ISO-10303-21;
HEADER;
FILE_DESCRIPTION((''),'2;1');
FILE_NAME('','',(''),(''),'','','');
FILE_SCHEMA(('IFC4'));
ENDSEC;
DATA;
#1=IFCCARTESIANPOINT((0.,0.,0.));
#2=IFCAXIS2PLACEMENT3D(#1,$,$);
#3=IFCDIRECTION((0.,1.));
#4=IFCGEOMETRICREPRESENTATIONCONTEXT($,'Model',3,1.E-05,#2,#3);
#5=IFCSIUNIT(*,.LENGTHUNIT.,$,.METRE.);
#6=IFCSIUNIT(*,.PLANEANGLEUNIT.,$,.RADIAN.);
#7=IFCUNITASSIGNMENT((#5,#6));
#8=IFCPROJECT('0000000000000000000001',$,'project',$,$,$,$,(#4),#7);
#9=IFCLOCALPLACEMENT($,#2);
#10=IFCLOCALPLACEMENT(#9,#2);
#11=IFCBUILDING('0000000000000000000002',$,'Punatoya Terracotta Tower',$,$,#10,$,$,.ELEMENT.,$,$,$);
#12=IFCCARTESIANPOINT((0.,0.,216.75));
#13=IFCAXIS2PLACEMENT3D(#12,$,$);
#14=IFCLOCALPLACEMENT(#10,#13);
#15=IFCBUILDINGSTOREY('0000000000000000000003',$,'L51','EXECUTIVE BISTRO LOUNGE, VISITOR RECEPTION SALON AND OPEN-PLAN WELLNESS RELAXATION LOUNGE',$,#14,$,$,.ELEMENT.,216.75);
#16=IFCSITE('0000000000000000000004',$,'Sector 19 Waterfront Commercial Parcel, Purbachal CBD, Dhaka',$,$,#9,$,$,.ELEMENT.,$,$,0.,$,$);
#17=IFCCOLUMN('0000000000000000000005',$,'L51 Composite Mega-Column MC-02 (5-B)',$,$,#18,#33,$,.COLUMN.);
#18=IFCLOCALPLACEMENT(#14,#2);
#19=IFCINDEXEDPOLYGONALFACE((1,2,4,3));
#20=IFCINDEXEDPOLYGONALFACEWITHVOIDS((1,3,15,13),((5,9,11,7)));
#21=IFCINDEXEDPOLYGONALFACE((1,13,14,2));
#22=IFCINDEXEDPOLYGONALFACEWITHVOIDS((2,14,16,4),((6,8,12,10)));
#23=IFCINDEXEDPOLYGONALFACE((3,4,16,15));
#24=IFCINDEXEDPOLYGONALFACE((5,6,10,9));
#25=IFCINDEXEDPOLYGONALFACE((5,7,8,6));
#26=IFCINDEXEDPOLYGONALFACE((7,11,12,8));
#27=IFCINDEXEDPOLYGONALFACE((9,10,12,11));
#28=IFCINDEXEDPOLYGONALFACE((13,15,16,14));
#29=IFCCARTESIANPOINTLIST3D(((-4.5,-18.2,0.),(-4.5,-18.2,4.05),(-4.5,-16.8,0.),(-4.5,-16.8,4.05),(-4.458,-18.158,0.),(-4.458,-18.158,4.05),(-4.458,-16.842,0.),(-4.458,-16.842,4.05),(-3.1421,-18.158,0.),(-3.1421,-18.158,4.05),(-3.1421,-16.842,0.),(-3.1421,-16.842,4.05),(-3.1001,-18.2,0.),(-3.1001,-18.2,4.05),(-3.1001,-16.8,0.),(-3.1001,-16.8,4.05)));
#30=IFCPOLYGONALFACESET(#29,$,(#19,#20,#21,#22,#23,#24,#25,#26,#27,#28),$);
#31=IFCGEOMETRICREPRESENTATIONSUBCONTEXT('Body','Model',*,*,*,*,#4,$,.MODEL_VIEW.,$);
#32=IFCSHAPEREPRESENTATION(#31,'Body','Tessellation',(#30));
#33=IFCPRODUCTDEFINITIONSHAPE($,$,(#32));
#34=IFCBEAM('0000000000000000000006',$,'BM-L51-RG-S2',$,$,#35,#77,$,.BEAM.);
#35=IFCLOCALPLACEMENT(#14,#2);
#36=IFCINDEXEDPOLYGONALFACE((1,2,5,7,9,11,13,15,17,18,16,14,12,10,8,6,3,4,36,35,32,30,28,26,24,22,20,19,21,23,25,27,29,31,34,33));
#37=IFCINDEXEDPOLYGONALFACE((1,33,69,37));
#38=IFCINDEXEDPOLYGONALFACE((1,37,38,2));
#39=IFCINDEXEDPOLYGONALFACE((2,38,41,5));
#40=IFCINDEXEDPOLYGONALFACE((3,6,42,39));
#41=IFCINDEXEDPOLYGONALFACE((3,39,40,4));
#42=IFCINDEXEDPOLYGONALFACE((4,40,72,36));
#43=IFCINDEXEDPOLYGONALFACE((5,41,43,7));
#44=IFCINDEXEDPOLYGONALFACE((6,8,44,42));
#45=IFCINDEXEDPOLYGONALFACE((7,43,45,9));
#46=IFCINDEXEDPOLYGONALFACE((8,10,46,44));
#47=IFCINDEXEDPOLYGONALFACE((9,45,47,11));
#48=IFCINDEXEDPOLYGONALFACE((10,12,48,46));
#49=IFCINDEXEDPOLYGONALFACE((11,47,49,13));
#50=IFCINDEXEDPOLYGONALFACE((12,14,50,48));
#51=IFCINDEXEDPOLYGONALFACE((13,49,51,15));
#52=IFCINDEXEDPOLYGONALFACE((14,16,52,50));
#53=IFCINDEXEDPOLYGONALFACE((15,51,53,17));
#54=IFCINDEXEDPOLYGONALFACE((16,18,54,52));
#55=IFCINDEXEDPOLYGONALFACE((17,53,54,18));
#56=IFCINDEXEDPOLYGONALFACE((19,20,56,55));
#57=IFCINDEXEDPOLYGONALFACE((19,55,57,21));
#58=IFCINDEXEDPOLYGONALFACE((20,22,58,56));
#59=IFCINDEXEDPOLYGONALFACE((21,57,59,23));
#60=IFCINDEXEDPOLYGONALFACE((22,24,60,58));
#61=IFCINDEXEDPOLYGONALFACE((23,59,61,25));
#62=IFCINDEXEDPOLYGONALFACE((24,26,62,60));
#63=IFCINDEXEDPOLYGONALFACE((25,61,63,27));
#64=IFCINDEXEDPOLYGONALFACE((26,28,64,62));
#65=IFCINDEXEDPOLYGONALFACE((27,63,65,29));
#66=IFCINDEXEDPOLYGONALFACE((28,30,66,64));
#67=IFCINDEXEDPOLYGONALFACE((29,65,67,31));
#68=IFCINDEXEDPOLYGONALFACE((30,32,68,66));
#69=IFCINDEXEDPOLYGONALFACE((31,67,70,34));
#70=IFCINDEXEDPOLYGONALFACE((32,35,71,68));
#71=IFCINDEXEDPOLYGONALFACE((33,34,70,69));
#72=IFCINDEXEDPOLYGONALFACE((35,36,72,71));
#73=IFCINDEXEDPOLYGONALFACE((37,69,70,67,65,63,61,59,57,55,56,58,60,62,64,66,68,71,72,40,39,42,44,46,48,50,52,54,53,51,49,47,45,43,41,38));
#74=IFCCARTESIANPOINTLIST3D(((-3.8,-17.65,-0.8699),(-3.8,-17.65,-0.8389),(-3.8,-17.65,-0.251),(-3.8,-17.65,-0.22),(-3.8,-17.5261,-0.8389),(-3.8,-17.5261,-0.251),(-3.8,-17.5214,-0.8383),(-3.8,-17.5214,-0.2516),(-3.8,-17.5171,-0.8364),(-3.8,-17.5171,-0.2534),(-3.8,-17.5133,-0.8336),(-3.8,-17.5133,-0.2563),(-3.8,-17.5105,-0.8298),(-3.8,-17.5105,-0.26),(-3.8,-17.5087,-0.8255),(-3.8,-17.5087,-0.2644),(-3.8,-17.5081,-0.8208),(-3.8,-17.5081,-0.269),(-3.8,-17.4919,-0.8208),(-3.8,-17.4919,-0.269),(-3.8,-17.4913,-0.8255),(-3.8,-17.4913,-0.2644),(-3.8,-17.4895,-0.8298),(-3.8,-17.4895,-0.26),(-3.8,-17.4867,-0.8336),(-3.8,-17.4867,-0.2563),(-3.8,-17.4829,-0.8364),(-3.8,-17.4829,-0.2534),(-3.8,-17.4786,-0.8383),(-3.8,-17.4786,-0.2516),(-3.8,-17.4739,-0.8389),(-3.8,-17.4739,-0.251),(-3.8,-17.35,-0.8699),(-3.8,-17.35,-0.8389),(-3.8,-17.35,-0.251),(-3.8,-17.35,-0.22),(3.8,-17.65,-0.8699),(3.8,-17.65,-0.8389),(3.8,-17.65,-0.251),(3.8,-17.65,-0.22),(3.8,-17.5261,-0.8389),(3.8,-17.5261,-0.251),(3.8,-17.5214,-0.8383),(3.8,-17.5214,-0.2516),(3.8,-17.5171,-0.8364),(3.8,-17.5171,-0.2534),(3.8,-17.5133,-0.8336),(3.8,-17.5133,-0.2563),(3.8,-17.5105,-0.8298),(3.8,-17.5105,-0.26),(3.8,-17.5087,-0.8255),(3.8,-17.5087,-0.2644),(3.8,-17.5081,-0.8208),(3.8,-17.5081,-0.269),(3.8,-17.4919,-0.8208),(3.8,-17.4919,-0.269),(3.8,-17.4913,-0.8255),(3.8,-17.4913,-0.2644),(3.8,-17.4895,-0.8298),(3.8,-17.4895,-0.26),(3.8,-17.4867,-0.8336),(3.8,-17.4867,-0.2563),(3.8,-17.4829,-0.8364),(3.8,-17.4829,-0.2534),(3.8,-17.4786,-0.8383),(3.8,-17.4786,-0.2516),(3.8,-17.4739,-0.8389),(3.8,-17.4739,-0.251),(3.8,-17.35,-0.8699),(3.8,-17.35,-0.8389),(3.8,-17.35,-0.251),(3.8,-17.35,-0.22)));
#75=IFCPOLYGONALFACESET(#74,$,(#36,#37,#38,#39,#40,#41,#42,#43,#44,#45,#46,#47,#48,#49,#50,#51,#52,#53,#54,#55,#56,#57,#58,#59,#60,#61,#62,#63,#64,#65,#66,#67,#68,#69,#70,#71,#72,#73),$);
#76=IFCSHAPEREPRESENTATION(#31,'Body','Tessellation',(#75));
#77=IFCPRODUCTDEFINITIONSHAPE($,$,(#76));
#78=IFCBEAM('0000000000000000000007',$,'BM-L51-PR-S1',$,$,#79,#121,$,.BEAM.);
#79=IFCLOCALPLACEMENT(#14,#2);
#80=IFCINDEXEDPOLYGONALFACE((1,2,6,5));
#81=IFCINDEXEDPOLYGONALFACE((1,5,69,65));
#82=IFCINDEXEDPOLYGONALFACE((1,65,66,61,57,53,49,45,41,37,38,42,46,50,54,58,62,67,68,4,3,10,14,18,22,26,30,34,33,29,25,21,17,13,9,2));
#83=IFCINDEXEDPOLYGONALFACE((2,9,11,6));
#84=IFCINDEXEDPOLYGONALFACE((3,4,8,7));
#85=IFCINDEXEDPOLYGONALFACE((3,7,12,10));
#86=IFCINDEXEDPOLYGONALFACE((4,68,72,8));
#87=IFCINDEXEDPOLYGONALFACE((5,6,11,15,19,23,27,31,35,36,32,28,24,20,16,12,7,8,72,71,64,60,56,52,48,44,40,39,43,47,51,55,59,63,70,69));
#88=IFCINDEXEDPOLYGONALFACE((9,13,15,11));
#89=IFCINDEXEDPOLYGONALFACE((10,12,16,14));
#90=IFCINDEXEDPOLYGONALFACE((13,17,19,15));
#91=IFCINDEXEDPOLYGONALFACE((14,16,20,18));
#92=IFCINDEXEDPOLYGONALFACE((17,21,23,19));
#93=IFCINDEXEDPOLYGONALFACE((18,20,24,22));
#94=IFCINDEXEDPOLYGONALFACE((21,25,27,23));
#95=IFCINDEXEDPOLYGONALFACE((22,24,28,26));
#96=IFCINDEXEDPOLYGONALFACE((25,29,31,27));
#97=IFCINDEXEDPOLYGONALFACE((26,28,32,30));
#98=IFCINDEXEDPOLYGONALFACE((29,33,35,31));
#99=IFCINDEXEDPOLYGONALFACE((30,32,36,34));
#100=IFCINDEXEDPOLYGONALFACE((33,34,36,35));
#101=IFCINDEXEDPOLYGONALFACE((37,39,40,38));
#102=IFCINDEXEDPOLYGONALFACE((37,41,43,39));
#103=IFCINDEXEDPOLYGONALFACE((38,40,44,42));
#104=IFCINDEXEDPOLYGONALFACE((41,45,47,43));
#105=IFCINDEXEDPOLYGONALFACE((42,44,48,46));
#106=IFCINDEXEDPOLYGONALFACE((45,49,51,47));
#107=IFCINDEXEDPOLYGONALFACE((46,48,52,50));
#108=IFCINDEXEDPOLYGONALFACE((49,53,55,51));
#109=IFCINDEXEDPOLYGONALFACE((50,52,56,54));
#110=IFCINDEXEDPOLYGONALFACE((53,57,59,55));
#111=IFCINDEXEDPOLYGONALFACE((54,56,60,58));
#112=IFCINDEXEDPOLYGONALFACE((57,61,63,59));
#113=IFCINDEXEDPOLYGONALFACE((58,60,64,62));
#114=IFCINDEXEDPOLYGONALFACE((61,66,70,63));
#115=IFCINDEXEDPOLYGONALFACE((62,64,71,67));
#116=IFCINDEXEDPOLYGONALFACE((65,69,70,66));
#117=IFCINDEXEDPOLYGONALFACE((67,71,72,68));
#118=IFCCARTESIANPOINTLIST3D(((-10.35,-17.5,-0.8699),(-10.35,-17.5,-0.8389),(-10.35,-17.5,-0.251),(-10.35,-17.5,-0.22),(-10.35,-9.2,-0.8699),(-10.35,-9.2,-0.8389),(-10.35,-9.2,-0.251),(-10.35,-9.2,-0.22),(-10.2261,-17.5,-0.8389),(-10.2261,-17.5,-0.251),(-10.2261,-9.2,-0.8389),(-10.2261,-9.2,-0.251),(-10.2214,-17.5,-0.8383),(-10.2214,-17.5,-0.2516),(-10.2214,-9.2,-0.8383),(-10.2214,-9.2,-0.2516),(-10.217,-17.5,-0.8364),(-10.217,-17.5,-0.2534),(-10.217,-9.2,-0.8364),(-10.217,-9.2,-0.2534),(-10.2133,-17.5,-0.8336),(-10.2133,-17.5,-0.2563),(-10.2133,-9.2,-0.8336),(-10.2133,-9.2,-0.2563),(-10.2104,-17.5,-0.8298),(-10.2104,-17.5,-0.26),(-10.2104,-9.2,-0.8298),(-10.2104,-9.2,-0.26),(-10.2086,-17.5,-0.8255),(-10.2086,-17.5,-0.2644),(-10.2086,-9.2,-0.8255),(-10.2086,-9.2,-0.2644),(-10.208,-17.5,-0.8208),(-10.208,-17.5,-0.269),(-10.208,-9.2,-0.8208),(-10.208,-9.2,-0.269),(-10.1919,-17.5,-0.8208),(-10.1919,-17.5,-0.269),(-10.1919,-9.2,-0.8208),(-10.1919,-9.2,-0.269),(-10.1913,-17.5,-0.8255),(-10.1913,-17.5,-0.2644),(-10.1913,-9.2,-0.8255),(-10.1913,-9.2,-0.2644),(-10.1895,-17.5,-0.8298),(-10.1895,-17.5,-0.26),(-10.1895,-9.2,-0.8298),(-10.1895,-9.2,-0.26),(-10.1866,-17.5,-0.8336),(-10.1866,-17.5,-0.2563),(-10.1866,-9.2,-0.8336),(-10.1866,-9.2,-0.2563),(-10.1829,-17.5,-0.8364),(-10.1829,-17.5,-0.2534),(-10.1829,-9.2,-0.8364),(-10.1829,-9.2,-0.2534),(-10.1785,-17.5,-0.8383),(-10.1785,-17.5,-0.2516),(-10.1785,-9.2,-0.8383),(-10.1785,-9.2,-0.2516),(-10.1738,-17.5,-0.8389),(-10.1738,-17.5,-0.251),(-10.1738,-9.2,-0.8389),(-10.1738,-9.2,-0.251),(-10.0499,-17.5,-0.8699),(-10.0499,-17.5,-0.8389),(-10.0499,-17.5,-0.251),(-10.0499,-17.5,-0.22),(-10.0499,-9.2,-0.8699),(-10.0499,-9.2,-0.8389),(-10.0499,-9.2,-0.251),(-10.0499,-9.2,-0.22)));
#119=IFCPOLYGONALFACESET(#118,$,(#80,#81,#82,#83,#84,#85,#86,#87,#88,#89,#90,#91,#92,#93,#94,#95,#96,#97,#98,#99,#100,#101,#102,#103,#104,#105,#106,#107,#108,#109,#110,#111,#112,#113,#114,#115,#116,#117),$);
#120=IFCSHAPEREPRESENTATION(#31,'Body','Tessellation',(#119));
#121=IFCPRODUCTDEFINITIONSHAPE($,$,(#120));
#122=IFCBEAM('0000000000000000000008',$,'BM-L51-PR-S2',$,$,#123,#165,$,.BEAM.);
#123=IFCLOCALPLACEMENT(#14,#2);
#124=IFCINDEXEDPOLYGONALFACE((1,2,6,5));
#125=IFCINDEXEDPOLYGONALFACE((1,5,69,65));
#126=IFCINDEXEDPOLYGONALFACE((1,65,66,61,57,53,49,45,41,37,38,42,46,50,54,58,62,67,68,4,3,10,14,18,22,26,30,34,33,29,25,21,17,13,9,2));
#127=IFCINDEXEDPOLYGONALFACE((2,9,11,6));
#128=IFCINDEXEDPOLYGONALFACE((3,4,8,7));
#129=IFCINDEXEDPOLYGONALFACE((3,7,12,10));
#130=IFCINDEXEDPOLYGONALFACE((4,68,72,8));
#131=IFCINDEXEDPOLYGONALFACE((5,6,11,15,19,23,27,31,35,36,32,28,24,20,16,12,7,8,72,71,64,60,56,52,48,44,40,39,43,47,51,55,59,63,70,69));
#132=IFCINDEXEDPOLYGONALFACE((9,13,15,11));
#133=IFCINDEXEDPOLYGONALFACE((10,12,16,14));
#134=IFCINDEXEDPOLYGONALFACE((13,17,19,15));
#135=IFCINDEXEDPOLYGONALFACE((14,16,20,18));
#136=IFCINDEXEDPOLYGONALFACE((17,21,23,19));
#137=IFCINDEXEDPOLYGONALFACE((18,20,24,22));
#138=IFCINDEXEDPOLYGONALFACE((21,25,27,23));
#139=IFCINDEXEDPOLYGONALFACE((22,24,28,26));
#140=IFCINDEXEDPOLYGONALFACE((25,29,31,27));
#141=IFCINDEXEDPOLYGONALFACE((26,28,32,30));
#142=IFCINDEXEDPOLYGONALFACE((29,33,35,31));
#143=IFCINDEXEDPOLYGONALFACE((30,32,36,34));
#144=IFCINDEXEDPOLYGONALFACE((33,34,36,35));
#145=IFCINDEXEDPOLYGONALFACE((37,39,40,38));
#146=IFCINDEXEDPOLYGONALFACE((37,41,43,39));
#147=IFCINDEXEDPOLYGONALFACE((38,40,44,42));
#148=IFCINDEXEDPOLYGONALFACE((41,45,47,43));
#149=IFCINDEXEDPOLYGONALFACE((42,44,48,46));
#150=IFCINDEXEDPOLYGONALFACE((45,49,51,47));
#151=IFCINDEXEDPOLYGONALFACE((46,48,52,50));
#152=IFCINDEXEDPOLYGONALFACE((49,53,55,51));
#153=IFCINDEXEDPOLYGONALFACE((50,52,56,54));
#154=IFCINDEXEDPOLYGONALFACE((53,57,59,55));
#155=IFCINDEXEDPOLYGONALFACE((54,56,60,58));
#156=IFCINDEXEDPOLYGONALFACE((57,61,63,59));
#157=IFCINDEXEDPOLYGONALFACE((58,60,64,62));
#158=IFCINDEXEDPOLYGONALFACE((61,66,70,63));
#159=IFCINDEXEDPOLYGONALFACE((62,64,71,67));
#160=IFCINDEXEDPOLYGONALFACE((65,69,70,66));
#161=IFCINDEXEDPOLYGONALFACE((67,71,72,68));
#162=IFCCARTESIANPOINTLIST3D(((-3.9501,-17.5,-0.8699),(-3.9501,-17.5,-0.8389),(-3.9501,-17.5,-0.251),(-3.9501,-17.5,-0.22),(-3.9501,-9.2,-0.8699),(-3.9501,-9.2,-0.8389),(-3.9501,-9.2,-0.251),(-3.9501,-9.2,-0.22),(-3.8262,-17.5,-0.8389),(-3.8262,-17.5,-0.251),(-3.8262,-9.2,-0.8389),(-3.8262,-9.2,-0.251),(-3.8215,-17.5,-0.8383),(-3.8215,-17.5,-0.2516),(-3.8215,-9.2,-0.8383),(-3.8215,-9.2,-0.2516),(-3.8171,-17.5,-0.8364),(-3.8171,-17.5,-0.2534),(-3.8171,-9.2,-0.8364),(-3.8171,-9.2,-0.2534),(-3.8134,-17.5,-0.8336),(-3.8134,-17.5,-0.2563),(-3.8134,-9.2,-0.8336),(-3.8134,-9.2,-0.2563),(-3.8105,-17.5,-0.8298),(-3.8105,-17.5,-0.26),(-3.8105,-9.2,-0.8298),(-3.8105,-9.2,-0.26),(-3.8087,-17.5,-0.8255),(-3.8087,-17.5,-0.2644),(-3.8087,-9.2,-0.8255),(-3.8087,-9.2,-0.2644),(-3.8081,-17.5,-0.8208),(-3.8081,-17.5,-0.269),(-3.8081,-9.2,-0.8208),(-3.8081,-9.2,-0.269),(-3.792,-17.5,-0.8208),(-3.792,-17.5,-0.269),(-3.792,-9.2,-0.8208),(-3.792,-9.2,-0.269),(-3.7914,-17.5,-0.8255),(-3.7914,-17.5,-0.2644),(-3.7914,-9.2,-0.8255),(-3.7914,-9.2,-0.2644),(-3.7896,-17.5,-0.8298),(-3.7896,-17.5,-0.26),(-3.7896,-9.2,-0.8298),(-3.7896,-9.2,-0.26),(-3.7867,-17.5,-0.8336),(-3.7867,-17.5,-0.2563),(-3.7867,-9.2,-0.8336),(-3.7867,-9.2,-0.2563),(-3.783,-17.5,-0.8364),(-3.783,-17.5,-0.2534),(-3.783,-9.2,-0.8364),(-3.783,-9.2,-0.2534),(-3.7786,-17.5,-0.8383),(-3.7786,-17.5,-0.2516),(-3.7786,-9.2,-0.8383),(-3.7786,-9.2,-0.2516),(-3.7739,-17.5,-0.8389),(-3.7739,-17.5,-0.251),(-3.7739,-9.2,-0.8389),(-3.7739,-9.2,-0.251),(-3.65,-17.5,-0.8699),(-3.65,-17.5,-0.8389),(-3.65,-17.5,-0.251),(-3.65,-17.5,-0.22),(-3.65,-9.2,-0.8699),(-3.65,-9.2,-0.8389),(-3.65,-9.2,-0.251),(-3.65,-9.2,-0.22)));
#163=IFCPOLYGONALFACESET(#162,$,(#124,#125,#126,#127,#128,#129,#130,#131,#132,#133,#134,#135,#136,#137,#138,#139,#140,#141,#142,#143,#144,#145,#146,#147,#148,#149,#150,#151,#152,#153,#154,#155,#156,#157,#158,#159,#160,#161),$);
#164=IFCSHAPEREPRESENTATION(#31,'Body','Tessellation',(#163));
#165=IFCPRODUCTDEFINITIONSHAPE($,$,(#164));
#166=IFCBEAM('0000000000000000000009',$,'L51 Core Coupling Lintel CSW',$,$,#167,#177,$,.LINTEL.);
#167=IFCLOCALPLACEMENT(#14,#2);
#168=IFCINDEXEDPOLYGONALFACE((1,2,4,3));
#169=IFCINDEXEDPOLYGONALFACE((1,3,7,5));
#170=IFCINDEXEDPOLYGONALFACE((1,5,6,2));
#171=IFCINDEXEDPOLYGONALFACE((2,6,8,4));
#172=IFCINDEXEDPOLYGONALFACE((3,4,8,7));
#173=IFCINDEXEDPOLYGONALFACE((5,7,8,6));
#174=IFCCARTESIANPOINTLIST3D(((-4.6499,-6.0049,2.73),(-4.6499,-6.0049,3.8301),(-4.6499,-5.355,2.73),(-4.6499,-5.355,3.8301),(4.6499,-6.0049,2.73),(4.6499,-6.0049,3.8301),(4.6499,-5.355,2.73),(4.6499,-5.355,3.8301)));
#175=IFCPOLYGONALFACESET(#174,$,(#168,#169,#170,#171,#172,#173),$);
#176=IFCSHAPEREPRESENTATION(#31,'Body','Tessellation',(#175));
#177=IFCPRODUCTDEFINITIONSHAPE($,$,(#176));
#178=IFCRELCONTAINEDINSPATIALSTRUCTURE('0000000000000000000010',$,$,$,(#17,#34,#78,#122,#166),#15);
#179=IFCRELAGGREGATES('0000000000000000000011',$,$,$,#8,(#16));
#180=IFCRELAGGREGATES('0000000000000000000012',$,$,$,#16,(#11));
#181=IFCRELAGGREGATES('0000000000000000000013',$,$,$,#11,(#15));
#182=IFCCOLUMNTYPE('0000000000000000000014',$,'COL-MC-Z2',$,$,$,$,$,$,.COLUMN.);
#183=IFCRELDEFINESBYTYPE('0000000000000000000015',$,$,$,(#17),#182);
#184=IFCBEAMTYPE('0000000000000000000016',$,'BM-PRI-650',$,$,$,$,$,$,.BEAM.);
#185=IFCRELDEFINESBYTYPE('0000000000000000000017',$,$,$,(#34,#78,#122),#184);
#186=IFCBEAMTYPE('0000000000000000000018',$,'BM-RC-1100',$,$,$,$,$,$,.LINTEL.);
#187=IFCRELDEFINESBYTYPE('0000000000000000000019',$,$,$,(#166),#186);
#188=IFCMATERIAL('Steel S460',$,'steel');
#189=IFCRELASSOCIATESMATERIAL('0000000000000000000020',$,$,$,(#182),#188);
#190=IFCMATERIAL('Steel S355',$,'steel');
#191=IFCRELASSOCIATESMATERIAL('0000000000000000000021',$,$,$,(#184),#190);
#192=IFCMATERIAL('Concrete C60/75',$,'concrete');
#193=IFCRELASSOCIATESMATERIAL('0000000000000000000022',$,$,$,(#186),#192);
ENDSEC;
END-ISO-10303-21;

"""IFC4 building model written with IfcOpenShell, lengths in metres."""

from ifc_helpers import new_model, si_unit, direction, frame, origin, origin_2d, place, context, subcontext, project, spatial, rectangle, hollow_rectangle, i_section, extrude, material, material_profile, profile_set, type_object, element, save


model = new_model("IFC4")

# Units and contexts
model_context = context("Model", 3, precision=1e-05, world=origin(), true_north=direction((0.0, 1.0)))
body_context = subcontext(model_context, "Body", "Model", "MODEL_VIEW")
ifc_project = project(units=[si_unit("LENGTHUNIT", "METRE"), si_unit("PLANEANGLEUNIT", "RADIAN")], contexts=[model_context])

# Site, building, storey
site_placement = place(None, origin())
site = spatial("IfcSite", under=ifc_project, at=site_placement, Name="Sector 19 Waterfront Commercial Parcel, Purbachal CBD, Dhaka", CompositionType="ELEMENT", RefElevation=0.0)
building_placement = place(site_placement, origin())
building = spatial("IfcBuilding", under=site, at=building_placement, Name="Punatoya Terracotta Tower", CompositionType="ELEMENT")
storey_placement = place(building_placement, frame((0.0, 0.0, 216.75)))
storey = spatial("IfcBuildingStorey", under=building, at=storey_placement, Name="L51", Description="EXECUTIVE BISTRO LOUNGE, VISITOR RECEPTION SALON AND OPEN-PLAN WELLNESS RELAXATION LOUNGE", CompositionType="ELEMENT", Elevation=216.75)

# Column
ifc_material_1 = material(Name="Steel S460", Category="steel")
ifc_material_profile_1 = material_profile(ifc_material_1, hollow_rectangle(XDim=1.3999, YDim=1.3999, WallThickness=0.042, at=origin_2d()))
ifc_profile_set_1 = profile_set([ifc_material_profile_1], Name="Steel S460")
column_type = type_object("IfcColumnType", Name="COL-MC-Z2", PredefinedType="COLUMN", material=ifc_profile_set_1)
column_placement = place(storey_placement, frame((-3.8, -17.5, 0.0), z_axis=(0.0, 0.0, 1.0), x_axis=(1.0, 0.0, 0.0)))
element("IfcColumn", 1, at=column_placement, inside=storey, type_object=column_type, Name="L51 Composite Mega-Column MC-02 (5-B)", PredefinedType="COLUMN", context=body_context, shape_type="SweptSolid", body=[
    extrude(hollow_rectangle(XDim=1.3999, YDim=1.3999, WallThickness=0.042, at=origin_2d()), origin(), (0.0, 0.0, 1.0), 4.05),
])

# Beams
ifc_material_2 = material(Name="Steel S355", Category="steel")
ifc_material_profile_2 = material_profile(ifc_material_2, i_section(OverallWidth=0.3, OverallDepth=0.6499, WebThickness=0.0161, FlangeThickness=0.031, FilletRadius=0.0181, at=origin_2d()))
ifc_profile_set_2 = profile_set([ifc_material_profile_2], Name="Steel S355")
beam_type_1 = type_object("IfcBeamType", Name="BM-PRI-650", PredefinedType="BEAM", material=ifc_profile_set_2)
beam_1_placement = place(storey_placement, frame((-3.8, -17.5, -0.5449), z_axis=(1.0, 0.0, 0.0), x_axis=(0.0, 1.0, 0.0)))
element("IfcBeam", 2, at=beam_1_placement, inside=storey, type_object=beam_type_1, Name="BM-L51-RG-S2", PredefinedType="BEAM", context=body_context, shape_type="SweptSolid", body=[
    extrude(i_section(OverallWidth=0.3, OverallDepth=0.6499, WebThickness=0.0161, FlangeThickness=0.031, FilletRadius=0.0181, at=origin_2d()), origin(), (0.0, 0.0, 1.0), 7.6001),
])
for number, where, z_axis, x_axis, name in (
    (3, (-10.2, -17.5, -0.5449), (0.0, 1.0, 0.0), (-1.0, 0.0, 0.0), "BM-L51-PR-S1"),
    (4, (-3.8, -17.5, -0.5449), (0.0, 1.0, 0.0), (-1.0, 0.0, 0.0), "BM-L51-PR-S2"),
):
    element("IfcBeam", number, at=place(storey_placement, frame(where, z_axis=z_axis, x_axis=x_axis)), inside=storey, type_object=beam_type_1, Name=name, PredefinedType="BEAM", context=body_context, shape_type="SweptSolid", body=[
        extrude(i_section(OverallWidth=0.3, OverallDepth=0.6499, WebThickness=0.0161, FlangeThickness=0.031, FilletRadius=0.0181, at=origin_2d()), origin(), (0.0, 0.0, 1.0), 8.3),
    ])
ifc_material_3 = material(Name="Concrete C60/75", Category="concrete")
ifc_material_profile_3 = material_profile(ifc_material_3, rectangle(XDim=0.6499, YDim=1.1001, at=origin_2d()))
ifc_profile_set_3 = profile_set([ifc_material_profile_3], Name="Concrete C60/75")
beam_type_2 = type_object("IfcBeamType", Name="BM-RC-1100", PredefinedType="LINTEL", material=ifc_profile_set_3)
beam_2_placement = place(storey_placement, frame((-4.6499, -5.6799, 3.28), z_axis=(1.0, 0.0, 0.0), x_axis=(0.0, 1.0, 0.0)))
element("IfcBeam", 5, at=beam_2_placement, inside=storey, type_object=beam_type_2, Name="L51 Core Coupling Lintel CSW", PredefinedType="LINTEL", context=body_context, shape_type="SweptSolid", body=[
    extrude(rectangle(XDim=0.6499, YDim=1.1001, at=origin_2d()), origin(), (0.0, 0.0, 1.0), 9.2998),
])

save(model, "model.ifc")
